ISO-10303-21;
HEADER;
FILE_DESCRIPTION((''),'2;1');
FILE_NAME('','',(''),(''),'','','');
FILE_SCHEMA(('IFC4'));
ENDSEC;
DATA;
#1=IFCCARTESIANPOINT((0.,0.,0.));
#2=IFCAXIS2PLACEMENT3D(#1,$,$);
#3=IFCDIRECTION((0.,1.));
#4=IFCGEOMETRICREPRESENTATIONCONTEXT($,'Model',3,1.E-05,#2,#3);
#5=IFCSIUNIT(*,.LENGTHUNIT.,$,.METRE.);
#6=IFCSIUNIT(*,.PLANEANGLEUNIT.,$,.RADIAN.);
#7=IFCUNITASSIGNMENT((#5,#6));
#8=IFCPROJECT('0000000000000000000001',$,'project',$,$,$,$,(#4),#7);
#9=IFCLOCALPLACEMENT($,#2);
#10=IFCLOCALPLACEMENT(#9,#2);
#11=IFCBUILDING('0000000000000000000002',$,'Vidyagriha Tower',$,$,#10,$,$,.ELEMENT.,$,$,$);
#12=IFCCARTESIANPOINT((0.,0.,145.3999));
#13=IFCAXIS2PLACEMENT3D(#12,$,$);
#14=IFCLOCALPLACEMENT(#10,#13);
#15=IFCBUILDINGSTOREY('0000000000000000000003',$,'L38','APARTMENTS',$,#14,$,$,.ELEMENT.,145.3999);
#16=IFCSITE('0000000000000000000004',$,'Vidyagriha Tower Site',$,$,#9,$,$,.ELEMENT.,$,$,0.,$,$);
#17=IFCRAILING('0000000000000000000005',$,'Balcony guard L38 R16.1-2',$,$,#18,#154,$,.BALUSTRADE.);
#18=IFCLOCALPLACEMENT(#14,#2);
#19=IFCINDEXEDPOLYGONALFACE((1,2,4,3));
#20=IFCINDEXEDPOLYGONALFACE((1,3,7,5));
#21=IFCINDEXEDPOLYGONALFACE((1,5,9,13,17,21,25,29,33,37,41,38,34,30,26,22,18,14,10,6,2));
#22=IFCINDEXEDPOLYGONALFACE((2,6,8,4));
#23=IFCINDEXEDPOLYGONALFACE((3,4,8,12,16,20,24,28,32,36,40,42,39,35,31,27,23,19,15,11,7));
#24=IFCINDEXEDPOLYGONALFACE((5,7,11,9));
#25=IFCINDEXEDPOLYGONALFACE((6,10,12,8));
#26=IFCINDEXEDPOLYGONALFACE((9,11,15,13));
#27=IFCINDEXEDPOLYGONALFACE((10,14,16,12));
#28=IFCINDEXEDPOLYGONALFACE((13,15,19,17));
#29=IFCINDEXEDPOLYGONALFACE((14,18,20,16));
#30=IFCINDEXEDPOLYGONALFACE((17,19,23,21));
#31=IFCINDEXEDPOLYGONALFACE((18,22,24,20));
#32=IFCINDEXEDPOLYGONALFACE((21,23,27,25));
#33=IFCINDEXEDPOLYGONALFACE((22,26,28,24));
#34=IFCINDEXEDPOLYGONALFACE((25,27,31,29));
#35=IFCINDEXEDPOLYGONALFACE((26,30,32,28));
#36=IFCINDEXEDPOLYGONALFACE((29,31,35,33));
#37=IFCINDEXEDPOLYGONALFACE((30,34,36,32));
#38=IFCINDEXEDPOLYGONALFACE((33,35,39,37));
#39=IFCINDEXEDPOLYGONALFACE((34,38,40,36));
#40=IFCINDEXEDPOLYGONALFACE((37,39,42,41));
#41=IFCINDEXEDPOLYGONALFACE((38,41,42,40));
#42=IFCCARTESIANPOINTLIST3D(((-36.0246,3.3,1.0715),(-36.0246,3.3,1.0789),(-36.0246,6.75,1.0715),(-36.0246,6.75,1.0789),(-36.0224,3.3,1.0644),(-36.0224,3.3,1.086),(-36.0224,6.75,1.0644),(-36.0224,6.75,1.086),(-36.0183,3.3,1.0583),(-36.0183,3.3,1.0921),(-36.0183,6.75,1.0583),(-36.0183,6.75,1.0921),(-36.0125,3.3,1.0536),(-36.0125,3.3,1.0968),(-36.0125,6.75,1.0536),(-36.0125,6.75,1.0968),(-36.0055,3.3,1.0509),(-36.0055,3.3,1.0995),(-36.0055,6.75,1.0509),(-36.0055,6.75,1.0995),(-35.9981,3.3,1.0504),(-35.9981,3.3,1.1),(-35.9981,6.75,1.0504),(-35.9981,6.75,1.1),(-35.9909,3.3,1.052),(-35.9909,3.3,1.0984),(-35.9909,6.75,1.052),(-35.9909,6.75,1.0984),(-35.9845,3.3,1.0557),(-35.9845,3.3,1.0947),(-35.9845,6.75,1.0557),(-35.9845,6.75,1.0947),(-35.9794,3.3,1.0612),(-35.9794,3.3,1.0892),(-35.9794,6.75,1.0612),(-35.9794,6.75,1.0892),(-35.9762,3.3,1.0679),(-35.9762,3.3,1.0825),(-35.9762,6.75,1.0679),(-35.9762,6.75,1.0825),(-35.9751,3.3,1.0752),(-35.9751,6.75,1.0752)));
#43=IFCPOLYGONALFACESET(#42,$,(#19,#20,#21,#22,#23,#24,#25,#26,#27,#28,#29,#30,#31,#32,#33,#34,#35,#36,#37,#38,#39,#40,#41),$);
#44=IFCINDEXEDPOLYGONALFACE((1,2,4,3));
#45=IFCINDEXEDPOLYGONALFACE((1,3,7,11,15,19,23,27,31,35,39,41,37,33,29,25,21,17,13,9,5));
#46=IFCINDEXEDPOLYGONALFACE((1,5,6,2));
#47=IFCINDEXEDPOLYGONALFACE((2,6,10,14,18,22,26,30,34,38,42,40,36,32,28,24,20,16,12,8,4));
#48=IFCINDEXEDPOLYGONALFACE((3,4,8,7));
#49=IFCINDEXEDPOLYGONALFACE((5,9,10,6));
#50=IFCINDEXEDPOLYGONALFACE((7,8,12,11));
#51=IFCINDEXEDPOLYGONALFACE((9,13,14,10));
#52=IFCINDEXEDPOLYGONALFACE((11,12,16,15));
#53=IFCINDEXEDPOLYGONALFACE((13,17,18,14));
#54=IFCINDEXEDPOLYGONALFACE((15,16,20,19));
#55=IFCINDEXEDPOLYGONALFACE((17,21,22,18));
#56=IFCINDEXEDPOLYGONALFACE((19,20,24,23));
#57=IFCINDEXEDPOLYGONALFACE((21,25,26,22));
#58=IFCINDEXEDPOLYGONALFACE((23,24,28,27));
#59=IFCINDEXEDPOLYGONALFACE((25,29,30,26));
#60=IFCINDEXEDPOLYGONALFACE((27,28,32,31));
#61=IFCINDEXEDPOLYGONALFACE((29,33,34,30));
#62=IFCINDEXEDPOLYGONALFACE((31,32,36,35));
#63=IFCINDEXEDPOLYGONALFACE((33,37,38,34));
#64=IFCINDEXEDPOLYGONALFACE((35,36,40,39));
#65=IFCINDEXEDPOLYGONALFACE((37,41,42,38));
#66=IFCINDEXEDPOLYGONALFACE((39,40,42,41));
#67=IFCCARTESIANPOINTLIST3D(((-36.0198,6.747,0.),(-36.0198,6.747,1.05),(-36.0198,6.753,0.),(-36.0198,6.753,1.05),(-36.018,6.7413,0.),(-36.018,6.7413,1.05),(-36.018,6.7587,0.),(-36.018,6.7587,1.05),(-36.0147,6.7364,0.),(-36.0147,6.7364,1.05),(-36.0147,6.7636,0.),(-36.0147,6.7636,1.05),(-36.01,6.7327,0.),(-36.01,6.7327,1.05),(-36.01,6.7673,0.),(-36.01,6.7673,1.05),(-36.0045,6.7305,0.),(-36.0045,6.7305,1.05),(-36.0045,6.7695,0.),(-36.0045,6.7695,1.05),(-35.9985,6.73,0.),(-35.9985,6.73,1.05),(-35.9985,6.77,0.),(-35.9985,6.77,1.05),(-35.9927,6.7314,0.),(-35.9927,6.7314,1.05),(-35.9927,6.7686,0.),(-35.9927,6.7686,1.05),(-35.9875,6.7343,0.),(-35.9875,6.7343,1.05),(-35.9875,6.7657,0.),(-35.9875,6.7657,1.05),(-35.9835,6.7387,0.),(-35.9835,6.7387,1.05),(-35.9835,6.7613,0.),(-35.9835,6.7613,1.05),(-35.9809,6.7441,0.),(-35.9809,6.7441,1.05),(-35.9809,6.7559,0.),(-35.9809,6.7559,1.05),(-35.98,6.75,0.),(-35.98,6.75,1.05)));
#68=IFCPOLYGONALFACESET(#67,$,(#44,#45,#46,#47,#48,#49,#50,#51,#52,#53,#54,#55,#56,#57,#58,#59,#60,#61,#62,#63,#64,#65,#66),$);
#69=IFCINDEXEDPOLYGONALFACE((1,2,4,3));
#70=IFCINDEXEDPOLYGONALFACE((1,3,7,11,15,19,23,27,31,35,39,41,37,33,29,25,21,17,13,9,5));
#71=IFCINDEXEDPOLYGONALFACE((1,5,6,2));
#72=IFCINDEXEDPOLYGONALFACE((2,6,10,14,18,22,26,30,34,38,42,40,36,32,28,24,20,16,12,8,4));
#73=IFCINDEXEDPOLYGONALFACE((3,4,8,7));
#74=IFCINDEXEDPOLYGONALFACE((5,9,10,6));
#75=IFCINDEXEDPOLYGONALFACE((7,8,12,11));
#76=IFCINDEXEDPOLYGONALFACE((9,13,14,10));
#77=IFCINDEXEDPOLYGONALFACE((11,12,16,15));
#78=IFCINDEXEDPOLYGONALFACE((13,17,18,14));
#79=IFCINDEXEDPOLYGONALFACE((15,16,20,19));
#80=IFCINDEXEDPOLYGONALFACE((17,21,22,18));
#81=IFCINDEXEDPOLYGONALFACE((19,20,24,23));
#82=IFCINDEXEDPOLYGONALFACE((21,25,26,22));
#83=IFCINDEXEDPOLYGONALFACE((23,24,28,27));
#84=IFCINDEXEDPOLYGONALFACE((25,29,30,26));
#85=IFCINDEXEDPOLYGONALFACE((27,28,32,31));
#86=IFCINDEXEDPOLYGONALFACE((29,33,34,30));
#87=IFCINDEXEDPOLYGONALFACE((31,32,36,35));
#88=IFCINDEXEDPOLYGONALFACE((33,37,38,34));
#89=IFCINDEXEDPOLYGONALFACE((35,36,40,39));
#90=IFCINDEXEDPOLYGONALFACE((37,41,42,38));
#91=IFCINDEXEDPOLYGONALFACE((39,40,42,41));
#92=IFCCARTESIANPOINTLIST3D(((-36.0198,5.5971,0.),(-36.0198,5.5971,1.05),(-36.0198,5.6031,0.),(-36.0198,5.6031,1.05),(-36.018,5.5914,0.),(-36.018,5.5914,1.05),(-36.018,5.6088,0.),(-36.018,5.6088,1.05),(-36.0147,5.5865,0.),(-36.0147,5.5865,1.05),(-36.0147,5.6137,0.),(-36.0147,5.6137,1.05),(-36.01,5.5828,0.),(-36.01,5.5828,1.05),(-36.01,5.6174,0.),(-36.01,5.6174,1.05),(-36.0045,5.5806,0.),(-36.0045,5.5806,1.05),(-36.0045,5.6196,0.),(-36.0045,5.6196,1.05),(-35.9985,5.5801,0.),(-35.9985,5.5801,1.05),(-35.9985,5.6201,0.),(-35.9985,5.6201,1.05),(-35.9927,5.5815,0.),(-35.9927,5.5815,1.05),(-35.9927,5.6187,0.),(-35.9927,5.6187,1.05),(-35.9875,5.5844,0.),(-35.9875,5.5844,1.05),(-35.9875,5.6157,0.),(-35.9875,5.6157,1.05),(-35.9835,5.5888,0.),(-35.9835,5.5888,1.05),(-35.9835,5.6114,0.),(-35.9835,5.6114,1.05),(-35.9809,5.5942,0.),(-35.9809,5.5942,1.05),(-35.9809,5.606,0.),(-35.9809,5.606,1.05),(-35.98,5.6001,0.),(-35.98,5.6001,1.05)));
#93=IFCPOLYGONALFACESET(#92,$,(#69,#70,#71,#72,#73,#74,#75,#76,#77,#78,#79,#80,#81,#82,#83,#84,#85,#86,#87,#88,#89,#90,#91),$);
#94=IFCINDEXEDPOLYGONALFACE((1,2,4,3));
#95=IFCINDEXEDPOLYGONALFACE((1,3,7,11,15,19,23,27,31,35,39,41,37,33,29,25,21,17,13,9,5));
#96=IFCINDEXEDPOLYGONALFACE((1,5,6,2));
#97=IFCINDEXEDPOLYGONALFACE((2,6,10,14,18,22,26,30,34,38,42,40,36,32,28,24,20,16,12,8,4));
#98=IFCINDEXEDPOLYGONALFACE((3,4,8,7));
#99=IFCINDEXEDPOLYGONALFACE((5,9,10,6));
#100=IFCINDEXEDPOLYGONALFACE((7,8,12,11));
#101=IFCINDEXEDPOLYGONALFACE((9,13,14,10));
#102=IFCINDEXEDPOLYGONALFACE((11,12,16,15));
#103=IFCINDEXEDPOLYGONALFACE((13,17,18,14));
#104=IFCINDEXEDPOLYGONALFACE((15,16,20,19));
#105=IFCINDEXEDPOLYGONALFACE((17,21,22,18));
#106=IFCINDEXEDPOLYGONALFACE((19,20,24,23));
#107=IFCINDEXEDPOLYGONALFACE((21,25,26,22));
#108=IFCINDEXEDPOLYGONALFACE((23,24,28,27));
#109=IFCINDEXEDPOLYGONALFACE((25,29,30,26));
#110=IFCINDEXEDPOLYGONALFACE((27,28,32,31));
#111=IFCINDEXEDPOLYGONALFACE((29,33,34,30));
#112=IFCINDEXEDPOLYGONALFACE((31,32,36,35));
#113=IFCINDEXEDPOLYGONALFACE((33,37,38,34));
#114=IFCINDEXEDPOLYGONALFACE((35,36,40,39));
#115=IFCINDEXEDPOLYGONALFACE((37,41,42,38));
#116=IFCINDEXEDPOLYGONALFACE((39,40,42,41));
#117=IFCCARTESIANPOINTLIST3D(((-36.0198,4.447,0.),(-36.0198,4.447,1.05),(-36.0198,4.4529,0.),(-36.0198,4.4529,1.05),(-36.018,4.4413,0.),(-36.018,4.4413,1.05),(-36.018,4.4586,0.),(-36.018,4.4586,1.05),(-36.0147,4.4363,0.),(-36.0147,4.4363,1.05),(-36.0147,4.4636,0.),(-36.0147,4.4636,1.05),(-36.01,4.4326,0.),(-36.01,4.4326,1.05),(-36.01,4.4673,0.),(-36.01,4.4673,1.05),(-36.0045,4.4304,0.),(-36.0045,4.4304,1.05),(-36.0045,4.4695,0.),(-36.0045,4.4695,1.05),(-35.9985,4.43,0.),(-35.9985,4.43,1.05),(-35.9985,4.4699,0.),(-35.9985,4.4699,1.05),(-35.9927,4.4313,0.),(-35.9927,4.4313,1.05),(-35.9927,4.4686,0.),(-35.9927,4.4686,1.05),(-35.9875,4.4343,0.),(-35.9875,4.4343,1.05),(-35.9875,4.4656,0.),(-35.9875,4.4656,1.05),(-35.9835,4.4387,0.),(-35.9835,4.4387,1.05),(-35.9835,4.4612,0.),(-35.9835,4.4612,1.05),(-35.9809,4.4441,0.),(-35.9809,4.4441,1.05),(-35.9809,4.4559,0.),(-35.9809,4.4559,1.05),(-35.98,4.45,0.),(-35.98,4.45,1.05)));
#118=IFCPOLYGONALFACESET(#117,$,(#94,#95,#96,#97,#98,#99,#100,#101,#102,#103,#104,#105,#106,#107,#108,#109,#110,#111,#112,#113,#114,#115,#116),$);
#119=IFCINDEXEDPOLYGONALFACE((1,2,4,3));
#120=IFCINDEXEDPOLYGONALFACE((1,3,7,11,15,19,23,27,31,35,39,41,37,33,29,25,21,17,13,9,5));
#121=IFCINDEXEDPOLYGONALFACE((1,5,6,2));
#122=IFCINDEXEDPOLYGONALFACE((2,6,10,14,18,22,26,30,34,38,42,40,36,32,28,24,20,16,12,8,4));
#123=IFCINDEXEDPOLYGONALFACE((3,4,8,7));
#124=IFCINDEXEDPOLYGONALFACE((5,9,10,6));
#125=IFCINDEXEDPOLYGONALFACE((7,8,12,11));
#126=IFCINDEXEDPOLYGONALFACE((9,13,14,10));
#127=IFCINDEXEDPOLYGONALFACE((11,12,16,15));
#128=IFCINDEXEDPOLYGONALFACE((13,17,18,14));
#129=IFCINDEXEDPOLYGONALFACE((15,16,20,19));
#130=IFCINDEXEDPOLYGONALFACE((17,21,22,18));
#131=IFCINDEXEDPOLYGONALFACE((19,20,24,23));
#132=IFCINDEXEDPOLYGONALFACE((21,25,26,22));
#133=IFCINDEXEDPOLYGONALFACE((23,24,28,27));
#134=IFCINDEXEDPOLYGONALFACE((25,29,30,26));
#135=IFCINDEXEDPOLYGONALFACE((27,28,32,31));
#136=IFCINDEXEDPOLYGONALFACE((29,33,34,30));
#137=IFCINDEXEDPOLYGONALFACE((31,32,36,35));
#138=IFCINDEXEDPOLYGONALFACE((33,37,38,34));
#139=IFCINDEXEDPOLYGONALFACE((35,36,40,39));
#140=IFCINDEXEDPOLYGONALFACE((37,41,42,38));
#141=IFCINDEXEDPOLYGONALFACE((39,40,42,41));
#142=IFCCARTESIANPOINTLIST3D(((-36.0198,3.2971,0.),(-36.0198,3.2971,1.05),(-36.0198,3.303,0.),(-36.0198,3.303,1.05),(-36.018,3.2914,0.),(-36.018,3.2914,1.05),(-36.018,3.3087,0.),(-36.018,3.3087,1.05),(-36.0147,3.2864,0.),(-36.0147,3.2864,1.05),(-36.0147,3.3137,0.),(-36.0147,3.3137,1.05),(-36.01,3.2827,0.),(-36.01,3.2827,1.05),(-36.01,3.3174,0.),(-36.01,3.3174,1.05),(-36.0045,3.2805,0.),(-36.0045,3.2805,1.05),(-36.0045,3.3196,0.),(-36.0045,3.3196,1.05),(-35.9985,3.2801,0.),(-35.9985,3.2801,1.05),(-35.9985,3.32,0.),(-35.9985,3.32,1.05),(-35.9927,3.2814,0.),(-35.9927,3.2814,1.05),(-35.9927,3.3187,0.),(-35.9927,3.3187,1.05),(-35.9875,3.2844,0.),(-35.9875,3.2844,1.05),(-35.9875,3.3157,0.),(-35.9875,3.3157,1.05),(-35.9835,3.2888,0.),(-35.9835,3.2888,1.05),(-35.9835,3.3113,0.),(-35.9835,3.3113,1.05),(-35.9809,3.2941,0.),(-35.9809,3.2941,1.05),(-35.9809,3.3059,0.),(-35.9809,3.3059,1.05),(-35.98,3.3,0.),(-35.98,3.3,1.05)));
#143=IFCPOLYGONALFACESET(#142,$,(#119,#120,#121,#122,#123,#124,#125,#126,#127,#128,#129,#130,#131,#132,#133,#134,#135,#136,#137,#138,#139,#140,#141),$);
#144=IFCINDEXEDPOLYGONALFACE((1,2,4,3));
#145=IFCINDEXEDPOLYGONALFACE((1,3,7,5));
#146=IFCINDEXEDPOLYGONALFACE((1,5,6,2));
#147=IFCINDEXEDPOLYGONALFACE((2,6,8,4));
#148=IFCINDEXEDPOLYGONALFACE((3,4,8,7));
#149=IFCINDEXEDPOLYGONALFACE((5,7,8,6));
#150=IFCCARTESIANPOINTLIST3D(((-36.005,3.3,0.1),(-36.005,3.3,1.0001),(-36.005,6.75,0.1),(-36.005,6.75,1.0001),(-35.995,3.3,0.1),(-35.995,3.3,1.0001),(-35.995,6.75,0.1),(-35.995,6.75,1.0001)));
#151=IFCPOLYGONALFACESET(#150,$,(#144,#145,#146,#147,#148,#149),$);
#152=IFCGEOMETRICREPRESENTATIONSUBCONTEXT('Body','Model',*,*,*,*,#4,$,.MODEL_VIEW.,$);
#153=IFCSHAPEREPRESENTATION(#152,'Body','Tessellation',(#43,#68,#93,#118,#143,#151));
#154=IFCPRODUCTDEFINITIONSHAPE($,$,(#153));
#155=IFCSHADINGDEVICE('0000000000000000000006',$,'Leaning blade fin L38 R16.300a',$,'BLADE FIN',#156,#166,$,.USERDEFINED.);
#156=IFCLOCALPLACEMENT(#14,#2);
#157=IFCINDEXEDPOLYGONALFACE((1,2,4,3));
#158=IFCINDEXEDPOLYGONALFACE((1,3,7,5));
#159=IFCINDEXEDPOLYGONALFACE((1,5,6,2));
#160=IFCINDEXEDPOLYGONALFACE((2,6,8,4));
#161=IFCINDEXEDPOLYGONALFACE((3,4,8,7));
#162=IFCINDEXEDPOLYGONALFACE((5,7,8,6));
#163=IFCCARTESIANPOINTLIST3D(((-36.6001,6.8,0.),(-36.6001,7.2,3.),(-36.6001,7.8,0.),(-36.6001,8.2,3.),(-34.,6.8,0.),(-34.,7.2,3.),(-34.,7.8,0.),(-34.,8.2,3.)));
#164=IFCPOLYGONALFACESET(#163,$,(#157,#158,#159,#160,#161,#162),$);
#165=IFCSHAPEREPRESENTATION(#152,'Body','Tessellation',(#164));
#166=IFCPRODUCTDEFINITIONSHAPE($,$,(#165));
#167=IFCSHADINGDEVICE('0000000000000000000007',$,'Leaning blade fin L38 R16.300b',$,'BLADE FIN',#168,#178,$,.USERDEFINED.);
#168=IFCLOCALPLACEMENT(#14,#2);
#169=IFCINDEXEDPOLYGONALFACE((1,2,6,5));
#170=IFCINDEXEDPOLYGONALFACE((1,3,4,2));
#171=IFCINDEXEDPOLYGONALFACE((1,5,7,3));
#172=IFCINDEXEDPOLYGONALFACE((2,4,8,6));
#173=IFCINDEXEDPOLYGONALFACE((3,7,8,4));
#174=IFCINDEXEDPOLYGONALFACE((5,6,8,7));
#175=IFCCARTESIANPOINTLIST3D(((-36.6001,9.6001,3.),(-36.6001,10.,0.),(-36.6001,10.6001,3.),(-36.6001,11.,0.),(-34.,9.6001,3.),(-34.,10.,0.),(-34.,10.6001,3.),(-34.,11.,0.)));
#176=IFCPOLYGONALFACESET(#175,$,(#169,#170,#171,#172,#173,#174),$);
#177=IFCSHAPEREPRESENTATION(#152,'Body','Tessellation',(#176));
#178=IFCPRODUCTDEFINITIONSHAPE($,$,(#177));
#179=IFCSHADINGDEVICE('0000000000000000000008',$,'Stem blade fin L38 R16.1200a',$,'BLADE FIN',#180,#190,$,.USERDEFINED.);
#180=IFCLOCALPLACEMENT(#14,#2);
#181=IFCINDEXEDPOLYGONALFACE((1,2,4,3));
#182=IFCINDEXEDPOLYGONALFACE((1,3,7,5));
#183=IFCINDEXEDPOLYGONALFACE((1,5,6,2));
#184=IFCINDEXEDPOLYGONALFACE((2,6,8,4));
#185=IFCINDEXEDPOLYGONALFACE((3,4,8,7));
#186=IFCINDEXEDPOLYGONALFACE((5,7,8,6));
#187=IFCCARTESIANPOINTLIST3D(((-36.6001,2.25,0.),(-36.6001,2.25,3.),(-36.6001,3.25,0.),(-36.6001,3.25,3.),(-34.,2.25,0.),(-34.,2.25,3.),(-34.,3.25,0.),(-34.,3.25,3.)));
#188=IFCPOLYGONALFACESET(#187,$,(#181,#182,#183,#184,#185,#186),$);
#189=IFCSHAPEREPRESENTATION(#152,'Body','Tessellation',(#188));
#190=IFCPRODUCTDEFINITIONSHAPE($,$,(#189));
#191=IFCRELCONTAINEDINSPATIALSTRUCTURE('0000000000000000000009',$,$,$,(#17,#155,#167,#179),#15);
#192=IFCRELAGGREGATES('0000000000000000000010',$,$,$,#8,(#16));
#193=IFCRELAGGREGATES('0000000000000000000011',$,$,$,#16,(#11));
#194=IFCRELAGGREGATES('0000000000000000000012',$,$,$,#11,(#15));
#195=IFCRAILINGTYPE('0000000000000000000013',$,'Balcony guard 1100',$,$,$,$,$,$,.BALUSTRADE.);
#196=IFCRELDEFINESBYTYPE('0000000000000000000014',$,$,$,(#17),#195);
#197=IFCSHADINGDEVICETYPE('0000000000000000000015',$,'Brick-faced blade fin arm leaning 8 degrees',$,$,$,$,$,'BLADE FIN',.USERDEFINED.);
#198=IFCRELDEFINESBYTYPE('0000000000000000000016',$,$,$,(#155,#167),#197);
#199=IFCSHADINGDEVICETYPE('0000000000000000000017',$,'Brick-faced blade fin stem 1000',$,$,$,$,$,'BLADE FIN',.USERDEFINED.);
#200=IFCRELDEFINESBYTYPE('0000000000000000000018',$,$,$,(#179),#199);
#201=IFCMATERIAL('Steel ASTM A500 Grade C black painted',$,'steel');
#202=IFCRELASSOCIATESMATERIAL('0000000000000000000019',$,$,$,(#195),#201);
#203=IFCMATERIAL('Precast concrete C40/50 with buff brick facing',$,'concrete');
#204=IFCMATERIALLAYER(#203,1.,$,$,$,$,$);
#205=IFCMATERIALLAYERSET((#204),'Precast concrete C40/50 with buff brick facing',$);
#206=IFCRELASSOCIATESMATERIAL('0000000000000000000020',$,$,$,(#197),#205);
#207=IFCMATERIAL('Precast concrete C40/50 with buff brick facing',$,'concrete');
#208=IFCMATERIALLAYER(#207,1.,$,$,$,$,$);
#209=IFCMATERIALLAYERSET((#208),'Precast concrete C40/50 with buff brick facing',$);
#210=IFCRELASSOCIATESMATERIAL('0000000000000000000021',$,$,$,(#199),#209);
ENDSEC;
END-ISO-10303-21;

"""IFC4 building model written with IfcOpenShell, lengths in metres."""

from ifc_helpers import new_model, si_unit, direction, frame, origin, origin_2d, place, context, subcontext, project, spatial, polyline, rectangle, circle, outline, extrude, material, layer, layer_set, type_object, element, save


model = new_model("IFC4")

# Units and contexts
model_context = context("Model", 3, precision=1e-05, world=origin(), true_north=direction((0.0, 1.0)))
body_context = subcontext(model_context, "Body", "Model", "MODEL_VIEW")
ifc_project = project(units=[si_unit("LENGTHUNIT", "METRE"), si_unit("PLANEANGLEUNIT", "RADIAN")], contexts=[model_context])

# Site, building, storey
site_placement = place(None, origin())
site = spatial("IfcSite", under=ifc_project, at=site_placement, Name="Vidyagriha Tower Site", CompositionType="ELEMENT", RefElevation=0.0)
building_placement = place(site_placement, origin())
building = spatial("IfcBuilding", under=site, at=building_placement, Name="Vidyagriha Tower", CompositionType="ELEMENT")
storey_placement = place(building_placement, frame((0.0, 0.0, 145.3999)))
storey = spatial("IfcBuildingStorey", under=building, at=storey_placement, Name="L38", Description="APARTMENTS", CompositionType="ELEMENT", Elevation=145.3999)

# Railing
ifc_material_1 = material(Name="Steel ASTM A500 Grade C black painted", Category="steel")
railing_type = type_object("IfcRailingType", Name="Balcony guard 1100", PredefinedType="BALUSTRADE", material=ifc_material_1)
railing_1_placement = place(storey_placement, frame((-36.0, 6.75, 0.0)))
element("IfcRailing", 1, at=railing_1_placement, inside=storey, type_object=railing_type, Name="Balcony guard L38 R16.1-2", PredefinedType="BALUSTRADE", context=body_context, shape_type="SweptSolid", body=[
    extrude(circle(Radius=0.0249, at=origin_2d()), frame((0.0, 0.0, 1.0752), z_axis=(0.0, -1.0, 0.0), x_axis=(1.0, 0.0, 0.0)), (0.0, 0.0, 1.0), 3.45),
    extrude(circle(Radius=0.02, at=origin_2d()), origin(), (0.0, 0.0, 1.0), 1.05),
    extrude(circle(Radius=0.02, at=origin_2d()), frame((0.0, -1.1499, 0.0)), (0.0, 0.0, 1.0), 1.05),
    extrude(circle(Radius=0.02, at=origin_2d()), frame((0.0, -2.3, 0.0)), (0.0, 0.0, 1.0), 1.05),
    extrude(circle(Radius=0.02, at=origin_2d()), frame((0.0, -3.45, 0.0)), (0.0, 0.0, 1.0), 1.05),
    extrude(rectangle(XDim=0.01, YDim=0.9001, at=origin_2d()), frame((0.0, 0.0, 0.55), z_axis=(0.0, -1.0, 0.0), x_axis=(1.0, 0.0, 0.0)), (0.0, 0.0, 1.0), 3.45),
])

# Shading devices
ifc_material_2 = material(Name="Precast concrete C40/50 with buff brick facing", Category="concrete")
ifc_layer_1 = layer(ifc_material_2, 1.0)
ifc_layer_set_1 = layer_set([ifc_layer_1], Name="Precast concrete C40/50 with buff brick facing")
shading_device_type_1 = type_object("IfcShadingDeviceType", Name="Brick-faced blade fin arm leaning 8 degrees", ElementType="BLADE FIN", PredefinedType="USERDEFINED", material=ifc_layer_set_1)
shading_device_1_placement = place(storey_placement, frame((-35.3, 8.2, 0.0), z_axis=(0.0, 0.0, 1.0), x_axis=(0.0, -1.0, 0.0)))
element("IfcShadingDevice", 2, at=shading_device_1_placement, inside=storey, type_object=shading_device_type_1, Name="Leaning blade fin L38 R16.300a", ObjectType="BLADE FIN", PredefinedType="USERDEFINED", context=body_context, shape_type="SweptSolid", body=[
    extrude(outline(polyline([(0.3999, 0.0), (1.3999, 0.0), (1.0, 3.0), (0.0, 3.0), (0.3999, 0.0)])), frame((0.0, 1.3, 0.0), z_axis=(0.0, -1.0, 0.0), x_axis=(1.0, 0.0, 0.0)), (0.0, 0.0, 1.0), 2.6001),
])
shading_device_2_placement = place(storey_placement, frame((-35.3, 11.0, 0.0), z_axis=(0.0, 0.0, 1.0), x_axis=(0.0, -1.0, 0.0)))
element("IfcShadingDevice", 3, at=shading_device_2_placement, inside=storey, type_object=shading_device_type_1, Name="Leaning blade fin L38 R16.300b", ObjectType="BLADE FIN", PredefinedType="USERDEFINED", context=body_context, shape_type="SweptSolid", body=[
    extrude(outline(polyline([(0.0, 0.0), (1.0, 0.0), (1.3999, 3.0), (0.3999, 3.0), (0.0, 0.0)])), frame((0.0, 1.3, 0.0), z_axis=(0.0, -1.0, 0.0), x_axis=(1.0, 0.0, 0.0)), (0.0, 0.0, 1.0), 2.6001),
])
ifc_material_3 = material(Name="Precast concrete C40/50 with buff brick facing", Category="concrete")
ifc_layer_2 = layer(ifc_material_3, 1.0)
ifc_layer_set_2 = layer_set([ifc_layer_2], Name="Precast concrete C40/50 with buff brick facing")
shading_device_type_2 = type_object("IfcShadingDeviceType", Name="Brick-faced blade fin stem 1000", ElementType="BLADE FIN", PredefinedType="USERDEFINED", material=ifc_layer_set_2)
shading_device_3_placement = place(storey_placement, frame((-35.3, 3.25, 0.0), z_axis=(0.0, 0.0, 1.0), x_axis=(0.0, -1.0, 0.0)))
element("IfcShadingDevice", 4, at=shading_device_3_placement, inside=storey, type_object=shading_device_type_2, Name="Stem blade fin L38 R16.1200a", ObjectType="BLADE FIN", PredefinedType="USERDEFINED", context=body_context, shape_type="SweptSolid", body=[
    extrude(outline(polyline([(0.0, 0.0), (1.0, 0.0), (1.0, 3.0), (0.0, 3.0), (0.0, 0.0)])), frame((0.0, 1.3, 0.0), z_axis=(0.0, -1.0, 0.0), x_axis=(1.0, 0.0, 0.0)), (0.0, 0.0, 1.0), 2.6001),
])

save(model, "model.ifc")
